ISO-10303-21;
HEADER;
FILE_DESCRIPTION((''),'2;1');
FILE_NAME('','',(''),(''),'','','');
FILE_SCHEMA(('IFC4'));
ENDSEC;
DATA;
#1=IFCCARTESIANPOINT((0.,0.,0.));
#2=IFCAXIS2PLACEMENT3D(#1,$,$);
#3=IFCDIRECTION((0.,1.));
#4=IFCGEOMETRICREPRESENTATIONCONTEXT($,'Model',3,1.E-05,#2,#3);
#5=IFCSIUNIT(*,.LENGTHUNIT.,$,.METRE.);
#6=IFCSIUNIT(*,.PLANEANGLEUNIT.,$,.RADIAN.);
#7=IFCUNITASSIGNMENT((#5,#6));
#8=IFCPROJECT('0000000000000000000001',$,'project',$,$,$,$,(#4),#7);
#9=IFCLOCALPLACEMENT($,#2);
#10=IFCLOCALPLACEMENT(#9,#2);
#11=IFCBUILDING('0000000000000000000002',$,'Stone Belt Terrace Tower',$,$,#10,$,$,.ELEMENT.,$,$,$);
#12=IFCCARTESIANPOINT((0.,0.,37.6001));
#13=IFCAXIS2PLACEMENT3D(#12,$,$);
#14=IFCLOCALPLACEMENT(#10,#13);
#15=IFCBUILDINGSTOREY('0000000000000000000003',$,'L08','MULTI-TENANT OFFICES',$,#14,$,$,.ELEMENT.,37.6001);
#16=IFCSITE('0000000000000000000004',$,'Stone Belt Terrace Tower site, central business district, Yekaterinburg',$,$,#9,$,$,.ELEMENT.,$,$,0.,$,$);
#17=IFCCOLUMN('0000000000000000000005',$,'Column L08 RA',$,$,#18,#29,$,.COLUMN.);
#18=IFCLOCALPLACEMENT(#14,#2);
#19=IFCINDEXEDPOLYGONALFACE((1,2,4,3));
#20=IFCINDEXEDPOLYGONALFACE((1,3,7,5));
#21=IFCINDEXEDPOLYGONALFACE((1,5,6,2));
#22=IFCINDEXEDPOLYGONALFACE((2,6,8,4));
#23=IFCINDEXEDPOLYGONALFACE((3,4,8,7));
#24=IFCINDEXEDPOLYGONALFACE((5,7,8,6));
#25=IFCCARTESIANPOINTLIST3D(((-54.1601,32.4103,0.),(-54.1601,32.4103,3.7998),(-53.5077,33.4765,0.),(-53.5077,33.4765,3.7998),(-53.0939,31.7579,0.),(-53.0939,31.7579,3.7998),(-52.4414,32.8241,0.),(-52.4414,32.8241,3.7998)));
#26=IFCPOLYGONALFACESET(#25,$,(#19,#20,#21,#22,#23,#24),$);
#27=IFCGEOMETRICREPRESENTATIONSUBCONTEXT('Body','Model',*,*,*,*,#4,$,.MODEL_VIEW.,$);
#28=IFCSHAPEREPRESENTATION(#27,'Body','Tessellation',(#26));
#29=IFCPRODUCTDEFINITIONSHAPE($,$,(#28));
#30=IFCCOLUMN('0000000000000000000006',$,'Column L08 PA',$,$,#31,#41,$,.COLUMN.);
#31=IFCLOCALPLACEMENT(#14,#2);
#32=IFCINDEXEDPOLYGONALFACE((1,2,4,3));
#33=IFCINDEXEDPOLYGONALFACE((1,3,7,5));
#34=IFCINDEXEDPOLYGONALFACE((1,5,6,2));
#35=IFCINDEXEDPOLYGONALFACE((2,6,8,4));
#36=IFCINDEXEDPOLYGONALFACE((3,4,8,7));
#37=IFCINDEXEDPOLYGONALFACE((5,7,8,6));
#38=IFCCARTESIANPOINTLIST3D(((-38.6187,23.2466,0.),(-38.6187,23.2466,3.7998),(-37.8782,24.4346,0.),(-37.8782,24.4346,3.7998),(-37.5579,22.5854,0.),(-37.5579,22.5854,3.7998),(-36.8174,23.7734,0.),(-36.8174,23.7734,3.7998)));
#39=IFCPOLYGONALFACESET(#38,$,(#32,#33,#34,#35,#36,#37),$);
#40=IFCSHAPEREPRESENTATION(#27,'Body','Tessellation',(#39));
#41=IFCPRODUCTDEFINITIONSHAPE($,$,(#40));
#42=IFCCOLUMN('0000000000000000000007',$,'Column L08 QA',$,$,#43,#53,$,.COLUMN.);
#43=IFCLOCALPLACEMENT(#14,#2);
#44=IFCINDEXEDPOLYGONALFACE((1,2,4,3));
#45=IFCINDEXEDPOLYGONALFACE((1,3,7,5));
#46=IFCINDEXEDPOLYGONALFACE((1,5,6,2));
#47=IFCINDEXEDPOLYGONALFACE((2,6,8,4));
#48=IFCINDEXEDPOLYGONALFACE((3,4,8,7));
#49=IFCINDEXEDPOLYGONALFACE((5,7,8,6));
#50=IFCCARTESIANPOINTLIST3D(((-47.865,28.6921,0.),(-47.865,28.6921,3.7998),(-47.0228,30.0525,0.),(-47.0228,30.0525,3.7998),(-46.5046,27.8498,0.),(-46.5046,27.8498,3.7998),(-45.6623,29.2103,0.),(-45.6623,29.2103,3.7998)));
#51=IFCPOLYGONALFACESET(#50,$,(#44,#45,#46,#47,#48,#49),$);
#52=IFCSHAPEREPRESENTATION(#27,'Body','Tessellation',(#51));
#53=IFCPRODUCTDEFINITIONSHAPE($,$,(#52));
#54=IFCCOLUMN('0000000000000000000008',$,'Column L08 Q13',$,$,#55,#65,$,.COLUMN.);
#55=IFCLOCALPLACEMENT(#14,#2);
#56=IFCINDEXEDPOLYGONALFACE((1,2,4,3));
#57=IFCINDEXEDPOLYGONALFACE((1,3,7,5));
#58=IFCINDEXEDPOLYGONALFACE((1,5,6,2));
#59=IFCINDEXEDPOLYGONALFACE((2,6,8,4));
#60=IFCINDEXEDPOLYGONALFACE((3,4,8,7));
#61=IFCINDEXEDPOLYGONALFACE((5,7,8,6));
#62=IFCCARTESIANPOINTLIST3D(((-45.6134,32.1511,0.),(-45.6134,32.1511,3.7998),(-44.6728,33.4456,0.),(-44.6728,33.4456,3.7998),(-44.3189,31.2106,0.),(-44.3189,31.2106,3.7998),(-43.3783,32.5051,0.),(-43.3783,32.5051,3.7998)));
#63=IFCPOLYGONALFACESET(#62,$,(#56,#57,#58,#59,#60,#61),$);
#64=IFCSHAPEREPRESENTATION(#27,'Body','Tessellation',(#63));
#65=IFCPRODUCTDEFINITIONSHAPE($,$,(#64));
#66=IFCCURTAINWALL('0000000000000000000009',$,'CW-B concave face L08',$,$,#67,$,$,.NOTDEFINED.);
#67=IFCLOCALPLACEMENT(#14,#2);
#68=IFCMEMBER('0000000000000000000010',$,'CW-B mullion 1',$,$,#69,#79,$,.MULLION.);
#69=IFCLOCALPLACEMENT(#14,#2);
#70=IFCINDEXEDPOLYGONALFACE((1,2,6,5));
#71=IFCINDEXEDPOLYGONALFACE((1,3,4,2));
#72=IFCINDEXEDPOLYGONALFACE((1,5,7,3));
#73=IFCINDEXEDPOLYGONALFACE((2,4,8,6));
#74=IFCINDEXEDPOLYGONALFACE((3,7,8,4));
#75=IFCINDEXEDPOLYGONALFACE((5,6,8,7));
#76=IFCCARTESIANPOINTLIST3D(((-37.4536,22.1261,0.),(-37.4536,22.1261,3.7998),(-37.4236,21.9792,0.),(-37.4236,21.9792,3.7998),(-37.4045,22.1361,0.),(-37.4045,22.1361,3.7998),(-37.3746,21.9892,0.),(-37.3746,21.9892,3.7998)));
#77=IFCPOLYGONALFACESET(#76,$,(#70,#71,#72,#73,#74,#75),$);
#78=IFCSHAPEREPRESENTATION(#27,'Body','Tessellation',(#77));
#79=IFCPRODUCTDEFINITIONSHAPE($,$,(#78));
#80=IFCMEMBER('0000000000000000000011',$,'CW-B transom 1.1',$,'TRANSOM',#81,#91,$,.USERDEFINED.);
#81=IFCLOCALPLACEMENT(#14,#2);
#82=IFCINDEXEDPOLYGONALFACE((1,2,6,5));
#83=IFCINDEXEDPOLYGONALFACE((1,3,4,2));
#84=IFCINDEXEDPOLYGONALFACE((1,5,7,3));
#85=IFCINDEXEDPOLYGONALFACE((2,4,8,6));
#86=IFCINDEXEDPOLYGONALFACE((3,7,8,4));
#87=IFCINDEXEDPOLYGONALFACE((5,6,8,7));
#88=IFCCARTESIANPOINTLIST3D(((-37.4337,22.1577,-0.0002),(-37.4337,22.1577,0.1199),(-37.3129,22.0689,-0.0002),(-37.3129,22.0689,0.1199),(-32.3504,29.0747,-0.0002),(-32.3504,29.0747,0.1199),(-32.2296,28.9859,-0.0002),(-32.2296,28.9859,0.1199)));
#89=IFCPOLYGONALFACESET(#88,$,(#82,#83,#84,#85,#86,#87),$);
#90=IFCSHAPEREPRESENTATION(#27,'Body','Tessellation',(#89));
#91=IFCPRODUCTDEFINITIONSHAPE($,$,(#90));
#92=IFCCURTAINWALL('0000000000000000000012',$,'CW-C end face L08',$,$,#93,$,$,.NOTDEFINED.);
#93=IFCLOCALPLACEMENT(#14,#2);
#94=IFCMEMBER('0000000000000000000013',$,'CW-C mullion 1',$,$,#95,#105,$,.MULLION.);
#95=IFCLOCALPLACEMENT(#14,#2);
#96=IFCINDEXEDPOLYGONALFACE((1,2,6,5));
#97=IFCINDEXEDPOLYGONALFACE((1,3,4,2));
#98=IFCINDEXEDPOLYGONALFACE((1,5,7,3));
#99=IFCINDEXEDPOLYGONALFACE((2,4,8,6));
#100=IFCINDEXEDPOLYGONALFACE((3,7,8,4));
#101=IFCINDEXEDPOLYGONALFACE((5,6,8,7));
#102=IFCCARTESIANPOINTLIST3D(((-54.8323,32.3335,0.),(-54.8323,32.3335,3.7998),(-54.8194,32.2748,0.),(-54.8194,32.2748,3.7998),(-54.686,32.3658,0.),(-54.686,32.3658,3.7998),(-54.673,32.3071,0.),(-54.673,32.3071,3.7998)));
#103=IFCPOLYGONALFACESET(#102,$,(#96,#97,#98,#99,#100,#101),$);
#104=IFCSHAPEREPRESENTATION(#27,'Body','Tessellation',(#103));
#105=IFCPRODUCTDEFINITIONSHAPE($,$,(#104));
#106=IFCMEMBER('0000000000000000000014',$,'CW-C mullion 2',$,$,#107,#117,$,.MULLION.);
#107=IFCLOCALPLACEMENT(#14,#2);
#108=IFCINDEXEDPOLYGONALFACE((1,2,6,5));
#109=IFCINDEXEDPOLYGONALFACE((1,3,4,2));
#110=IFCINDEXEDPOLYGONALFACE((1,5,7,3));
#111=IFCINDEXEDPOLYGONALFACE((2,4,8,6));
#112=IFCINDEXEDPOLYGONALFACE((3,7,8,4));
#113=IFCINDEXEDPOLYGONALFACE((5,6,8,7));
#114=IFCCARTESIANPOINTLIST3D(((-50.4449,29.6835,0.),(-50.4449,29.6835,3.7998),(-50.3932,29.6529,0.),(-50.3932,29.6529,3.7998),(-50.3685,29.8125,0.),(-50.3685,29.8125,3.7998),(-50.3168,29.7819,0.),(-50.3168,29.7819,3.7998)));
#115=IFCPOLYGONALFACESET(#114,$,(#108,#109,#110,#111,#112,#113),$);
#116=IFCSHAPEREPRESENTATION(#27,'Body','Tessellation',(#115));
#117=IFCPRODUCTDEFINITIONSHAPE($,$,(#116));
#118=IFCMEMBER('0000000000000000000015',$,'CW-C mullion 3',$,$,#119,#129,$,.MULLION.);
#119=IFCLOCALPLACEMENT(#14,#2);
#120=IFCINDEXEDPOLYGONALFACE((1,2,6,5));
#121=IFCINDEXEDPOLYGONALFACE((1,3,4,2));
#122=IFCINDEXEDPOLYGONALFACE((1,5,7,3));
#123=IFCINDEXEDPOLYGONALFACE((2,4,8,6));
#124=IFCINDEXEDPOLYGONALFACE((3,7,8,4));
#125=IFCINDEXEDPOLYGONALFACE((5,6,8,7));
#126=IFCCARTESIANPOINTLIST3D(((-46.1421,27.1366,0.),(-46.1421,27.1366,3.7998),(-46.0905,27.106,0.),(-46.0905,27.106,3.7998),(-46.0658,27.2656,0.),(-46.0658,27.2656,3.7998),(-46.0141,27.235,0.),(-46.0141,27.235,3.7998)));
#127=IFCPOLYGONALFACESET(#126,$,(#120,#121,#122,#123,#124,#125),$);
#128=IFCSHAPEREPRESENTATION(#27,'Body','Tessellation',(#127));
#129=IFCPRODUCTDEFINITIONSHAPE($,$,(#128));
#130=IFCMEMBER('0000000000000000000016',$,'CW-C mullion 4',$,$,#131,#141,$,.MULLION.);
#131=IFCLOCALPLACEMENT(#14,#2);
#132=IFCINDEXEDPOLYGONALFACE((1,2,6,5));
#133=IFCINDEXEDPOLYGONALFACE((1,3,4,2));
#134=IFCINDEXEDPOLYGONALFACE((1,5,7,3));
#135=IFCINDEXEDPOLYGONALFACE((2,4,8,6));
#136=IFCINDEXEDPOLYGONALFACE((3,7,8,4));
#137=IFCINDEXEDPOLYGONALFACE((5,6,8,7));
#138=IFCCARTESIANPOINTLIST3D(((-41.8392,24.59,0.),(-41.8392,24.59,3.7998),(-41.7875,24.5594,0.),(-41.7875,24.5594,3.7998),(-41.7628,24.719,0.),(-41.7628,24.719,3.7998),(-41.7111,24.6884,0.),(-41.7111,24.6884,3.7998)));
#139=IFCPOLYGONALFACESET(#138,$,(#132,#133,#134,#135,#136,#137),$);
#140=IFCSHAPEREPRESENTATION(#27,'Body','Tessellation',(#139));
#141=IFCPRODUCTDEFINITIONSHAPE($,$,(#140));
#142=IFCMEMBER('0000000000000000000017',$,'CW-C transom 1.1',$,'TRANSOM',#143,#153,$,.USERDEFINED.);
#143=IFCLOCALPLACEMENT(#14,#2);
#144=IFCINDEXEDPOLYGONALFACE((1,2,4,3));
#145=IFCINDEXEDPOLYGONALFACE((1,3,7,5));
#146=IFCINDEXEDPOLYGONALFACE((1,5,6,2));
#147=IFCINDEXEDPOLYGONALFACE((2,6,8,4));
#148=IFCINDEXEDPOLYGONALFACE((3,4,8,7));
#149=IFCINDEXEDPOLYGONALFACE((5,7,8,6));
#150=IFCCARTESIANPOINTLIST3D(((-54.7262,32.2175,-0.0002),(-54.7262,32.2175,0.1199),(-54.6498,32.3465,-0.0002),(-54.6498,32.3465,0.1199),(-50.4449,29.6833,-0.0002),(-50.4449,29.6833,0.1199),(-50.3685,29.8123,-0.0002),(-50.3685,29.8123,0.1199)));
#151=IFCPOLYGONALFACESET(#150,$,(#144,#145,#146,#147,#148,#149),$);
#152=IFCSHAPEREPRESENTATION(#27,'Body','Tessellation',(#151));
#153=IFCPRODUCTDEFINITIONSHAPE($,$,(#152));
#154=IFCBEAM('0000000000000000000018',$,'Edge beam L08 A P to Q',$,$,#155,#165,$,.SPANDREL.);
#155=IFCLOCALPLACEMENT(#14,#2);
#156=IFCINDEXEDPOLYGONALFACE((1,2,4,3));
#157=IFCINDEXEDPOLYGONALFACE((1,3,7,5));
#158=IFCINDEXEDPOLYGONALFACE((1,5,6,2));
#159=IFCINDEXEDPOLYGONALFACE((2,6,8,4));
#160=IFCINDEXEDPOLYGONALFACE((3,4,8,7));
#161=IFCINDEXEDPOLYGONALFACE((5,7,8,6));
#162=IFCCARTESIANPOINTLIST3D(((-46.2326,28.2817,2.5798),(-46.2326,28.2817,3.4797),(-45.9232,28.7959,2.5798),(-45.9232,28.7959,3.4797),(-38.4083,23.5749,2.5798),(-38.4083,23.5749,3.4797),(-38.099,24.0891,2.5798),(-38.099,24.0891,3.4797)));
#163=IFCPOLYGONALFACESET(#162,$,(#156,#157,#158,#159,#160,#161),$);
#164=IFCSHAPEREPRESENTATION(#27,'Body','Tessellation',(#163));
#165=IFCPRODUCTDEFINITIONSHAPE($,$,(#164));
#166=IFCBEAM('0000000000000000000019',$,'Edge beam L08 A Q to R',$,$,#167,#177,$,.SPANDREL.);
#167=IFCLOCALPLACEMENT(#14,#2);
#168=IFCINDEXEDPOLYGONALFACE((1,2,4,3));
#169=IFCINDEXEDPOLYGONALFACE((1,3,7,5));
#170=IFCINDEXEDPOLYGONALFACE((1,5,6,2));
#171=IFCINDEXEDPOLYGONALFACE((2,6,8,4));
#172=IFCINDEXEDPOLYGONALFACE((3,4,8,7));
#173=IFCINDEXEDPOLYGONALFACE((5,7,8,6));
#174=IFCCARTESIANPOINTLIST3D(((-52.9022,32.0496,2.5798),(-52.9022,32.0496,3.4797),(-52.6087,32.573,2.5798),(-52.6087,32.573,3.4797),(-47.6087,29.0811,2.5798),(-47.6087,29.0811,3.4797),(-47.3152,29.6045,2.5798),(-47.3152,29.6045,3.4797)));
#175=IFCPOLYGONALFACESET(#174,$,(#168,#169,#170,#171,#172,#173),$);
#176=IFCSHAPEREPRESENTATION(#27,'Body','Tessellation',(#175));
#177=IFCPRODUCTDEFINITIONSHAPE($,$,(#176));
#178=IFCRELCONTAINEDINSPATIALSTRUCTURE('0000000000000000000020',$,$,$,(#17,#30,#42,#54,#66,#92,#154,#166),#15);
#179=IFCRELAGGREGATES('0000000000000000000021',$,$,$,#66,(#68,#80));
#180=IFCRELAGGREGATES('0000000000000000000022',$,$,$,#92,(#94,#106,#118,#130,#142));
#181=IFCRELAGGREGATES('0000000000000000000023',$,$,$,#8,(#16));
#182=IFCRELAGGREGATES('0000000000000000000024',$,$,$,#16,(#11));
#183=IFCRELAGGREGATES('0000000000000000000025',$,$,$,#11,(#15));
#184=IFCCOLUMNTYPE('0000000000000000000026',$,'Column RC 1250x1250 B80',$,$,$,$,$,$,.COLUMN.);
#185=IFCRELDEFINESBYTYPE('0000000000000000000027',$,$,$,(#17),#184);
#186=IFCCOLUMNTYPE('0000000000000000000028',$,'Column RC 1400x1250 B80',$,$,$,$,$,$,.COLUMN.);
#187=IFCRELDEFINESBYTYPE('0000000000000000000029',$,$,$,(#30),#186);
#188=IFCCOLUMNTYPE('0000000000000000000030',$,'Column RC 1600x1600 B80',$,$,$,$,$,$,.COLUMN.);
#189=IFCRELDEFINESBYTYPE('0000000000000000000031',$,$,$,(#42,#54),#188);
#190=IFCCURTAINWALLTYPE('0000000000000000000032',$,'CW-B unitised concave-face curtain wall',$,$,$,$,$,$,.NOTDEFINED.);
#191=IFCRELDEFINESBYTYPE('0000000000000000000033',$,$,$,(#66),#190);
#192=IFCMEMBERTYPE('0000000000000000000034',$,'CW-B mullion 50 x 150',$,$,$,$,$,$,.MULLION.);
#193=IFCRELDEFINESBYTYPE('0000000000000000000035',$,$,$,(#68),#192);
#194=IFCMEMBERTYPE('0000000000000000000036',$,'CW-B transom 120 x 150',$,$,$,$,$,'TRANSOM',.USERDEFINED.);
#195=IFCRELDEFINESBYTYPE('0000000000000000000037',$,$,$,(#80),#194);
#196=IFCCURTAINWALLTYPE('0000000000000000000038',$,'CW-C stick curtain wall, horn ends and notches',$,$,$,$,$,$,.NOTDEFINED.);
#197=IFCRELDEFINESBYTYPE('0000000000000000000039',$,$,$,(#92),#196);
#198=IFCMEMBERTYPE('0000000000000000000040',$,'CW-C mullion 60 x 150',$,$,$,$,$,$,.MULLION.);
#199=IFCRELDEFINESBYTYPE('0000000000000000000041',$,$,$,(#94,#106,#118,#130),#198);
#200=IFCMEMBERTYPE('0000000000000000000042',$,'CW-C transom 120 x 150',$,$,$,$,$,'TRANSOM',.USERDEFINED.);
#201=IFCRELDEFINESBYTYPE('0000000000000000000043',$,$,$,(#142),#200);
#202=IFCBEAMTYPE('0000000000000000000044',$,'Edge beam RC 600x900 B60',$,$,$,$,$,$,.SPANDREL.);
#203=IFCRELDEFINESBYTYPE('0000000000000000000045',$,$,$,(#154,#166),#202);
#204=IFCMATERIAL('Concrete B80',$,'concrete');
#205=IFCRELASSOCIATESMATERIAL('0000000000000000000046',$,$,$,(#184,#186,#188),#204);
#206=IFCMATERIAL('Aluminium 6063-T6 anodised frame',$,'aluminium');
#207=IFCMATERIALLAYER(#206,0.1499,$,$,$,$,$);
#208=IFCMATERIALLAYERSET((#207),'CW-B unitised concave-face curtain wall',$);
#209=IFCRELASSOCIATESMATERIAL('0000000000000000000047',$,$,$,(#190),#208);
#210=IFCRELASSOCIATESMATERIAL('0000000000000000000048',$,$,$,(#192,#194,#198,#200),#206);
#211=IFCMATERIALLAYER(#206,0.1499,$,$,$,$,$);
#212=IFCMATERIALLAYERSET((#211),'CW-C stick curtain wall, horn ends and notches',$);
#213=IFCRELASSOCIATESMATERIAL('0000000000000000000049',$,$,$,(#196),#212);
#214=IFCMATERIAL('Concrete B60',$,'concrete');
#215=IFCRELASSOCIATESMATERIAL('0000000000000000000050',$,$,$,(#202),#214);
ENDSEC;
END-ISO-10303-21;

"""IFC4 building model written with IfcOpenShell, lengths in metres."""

from ifc_helpers import new_model, si_unit, direction, frame, origin, origin_2d, place, context, subcontext, project, spatial, rectangle, extrude, material, layer, layer_set, material_profile, profile_set, type_object, element, aggregate, save


model = new_model("IFC4")

# Units and contexts
model_context = context("Model", 3, precision=1e-05, world=origin(), true_north=direction((0.0, 1.0)))
body_context = subcontext(model_context, "Body", "Model", "MODEL_VIEW")
ifc_project = project(units=[si_unit("LENGTHUNIT", "METRE"), si_unit("PLANEANGLEUNIT", "RADIAN")], contexts=[model_context])

# Site, building, storey
site_placement = place(None, origin())
site = spatial("IfcSite", under=ifc_project, at=site_placement, Name="Stone Belt Terrace Tower site, central business district, Yekaterinburg", CompositionType="ELEMENT", RefElevation=0.0)
building_placement = place(site_placement, origin())
building = spatial("IfcBuilding", under=site, at=building_placement, Name="Stone Belt Terrace Tower", CompositionType="ELEMENT")
storey_placement = place(building_placement, frame((0.0, 0.0, 37.6001)))
storey = spatial("IfcBuildingStorey", under=building, at=storey_placement, Name="L08", Description="MULTI-TENANT OFFICES", CompositionType="ELEMENT", Elevation=37.6001)

# Columns
ifc_material_1 = material(Name="Concrete B80", Category="concrete")
ifc_material_profile_1 = material_profile(ifc_material_1, rectangle(XDim=1.25, YDim=1.25, at=origin_2d()), Name="RC 1250x1250")
ifc_profile_set_1 = profile_set([ifc_material_profile_1], Name="Concrete B80")
column_type_1 = type_object("IfcColumnType", Name="Column RC 1250x1250 B80", PredefinedType="COLUMN", material=ifc_profile_set_1)
column_1_placement = place(storey_placement, frame((-53.3008, 32.6172, 0.0), z_axis=(0.0, 0.0, 1.0), x_axis=(0.521967, 0.852966, 0.0)))
element("IfcColumn", 1, at=column_1_placement, inside=storey, type_object=column_type_1, Name="Column L08 RA", PredefinedType="COLUMN", context=body_context, shape_type="SweptSolid", body=[
    extrude(rectangle(XDim=1.25, YDim=1.25, at=origin_2d()), origin(), (0.0, 0.0, 1.0), 3.7998),
])
ifc_material_profile_2 = material_profile(ifc_material_1, rectangle(XDim=1.3999, YDim=1.25, at=origin_2d()), Name="RC 1400x1250")
ifc_profile_set_2 = profile_set([ifc_material_profile_2], Name="Concrete B80")
column_type_2 = type_object("IfcColumnType", Name="Column RC 1400x1250 B80", PredefinedType="COLUMN", material=ifc_profile_set_2)
column_2_placement = place(storey_placement, frame((-37.718, 23.51, 0.0), z_axis=(0.0, 0.0, 1.0), x_axis=(0.528967, 0.848642, 0.0)))
element("IfcColumn", 2, at=column_2_placement, inside=storey, type_object=column_type_2, Name="Column L08 PA", PredefinedType="COLUMN", context=body_context, shape_type="SweptSolid", body=[
    extrude(rectangle(XDim=1.3999, YDim=1.25, at=origin_2d()), origin(), (0.0, 0.0, 1.0), 3.7998),
])
ifc_material_profile_3 = material_profile(ifc_material_1, rectangle(XDim=1.6001, YDim=1.6001, at=origin_2d()), Name="RC 1600x1600")
ifc_profile_set_3 = profile_set([ifc_material_profile_3], Name="Concrete B80")
column_type_3 = type_object("IfcColumnType", Name="Column RC 1600x1600 B80", PredefinedType="COLUMN", material=ifc_profile_set_3)
for number, where, z_axis, x_axis, name in (
    (3, (-46.7637, 28.9512, 0.0), (0.0, 0.0, 1.0), (0.526383, 0.850248, 0.0), "Column L08 QA"),
    (4, (-44.4958, 32.3281, 0.0), (0.0, 0.0, 1.0), (0.587785, 0.809017, 0.0), "Column L08 Q13"),
):
    element("IfcColumn", number, at=place(storey_placement, frame(where, z_axis=z_axis, x_axis=x_axis)), inside=storey, type_object=column_type_3, Name=name, PredefinedType="COLUMN", context=body_context, shape_type="SweptSolid", body=[
        extrude(rectangle(XDim=1.6001, YDim=1.6001, at=origin_2d()), origin(), (0.0, 0.0, 1.0), 3.7998),
    ])

# Curtain walls, members
ifc_material_2 = material(Name="Aluminium 6063-T6 anodised frame", Category="aluminium")
ifc_layer_1 = layer(ifc_material_2, 0.1499)
ifc_layer_set_1 = layer_set([ifc_layer_1], Name="CW-B unitised concave-face curtain wall")
curtain_wall_type_1 = type_object("IfcCurtainWallType", Name="CW-B unitised concave-face curtain wall", PredefinedType="NOTDEFINED", material=ifc_layer_set_1)
curtain_wall_1_placement = place(storey_placement, origin())
curtain_wall_1 = element("IfcCurtainWall", 5, at=curtain_wall_1_placement, inside=storey, type_object=curtain_wall_type_1, Name="CW-B concave face L08", PredefinedType="NOTDEFINED")
ifc_material_profile_4 = material_profile(ifc_material_2, rectangle(XDim=0.1499, YDim=0.05, at=origin_2d()), Name="Aluminium 6063-T6 50x150")
ifc_profile_set_4 = profile_set([ifc_material_profile_4], Name="Aluminium 6063-T6 anodised frame")
member_type_1 = type_object("IfcMemberType", Name="CW-B mullion 50 x 150", PredefinedType="MULLION", material=ifc_profile_set_4)
member_1_placement = place(storey_placement, frame((-37.4141, 22.0576, 0.0), z_axis=(0.0, 0.0, 1.0), x_axis=(-0.199957, 0.979805, 0.0)))
member_1 = element("IfcMember", 6, at=member_1_placement, type_object=member_type_1, Name="CW-B mullion 1", PredefinedType="MULLION", context=body_context, shape_type="SweptSolid", body=[
    extrude(rectangle(XDim=0.1499, YDim=0.05, at=origin_2d()), origin(), (0.0, 0.0, 1.0), 3.7998),
])
ifc_material_profile_5 = material_profile(ifc_material_2, rectangle(XDim=0.1499, YDim=0.1201, at=origin_2d()), Name="Aluminium 6063-T6 150x120")
ifc_profile_set_5 = profile_set([ifc_material_profile_5], Name="Aluminium 6063-T6 anodised frame")
member_type_2 = type_object("IfcMemberType", Name="CW-B transom 120 x 150", ElementType="TRANSOM", PredefinedType="USERDEFINED", material=ifc_profile_set_5)
member_2_placement = place(storey_placement, frame((-37.3733, 22.1133, 0.0598), z_axis=(0.592181, 0.805805, 0.0), x_axis=(-0.805805, 0.592181, 0.0)))
member_2 = element("IfcMember", 7, at=member_2_placement, type_object=member_type_2, Name="CW-B transom 1.1", ObjectType="TRANSOM", PredefinedType="USERDEFINED", context=body_context, shape_type="SweptSolid", body=[
    extrude(rectangle(XDim=0.1499, YDim=0.1201, at=origin_2d()), origin(), (0.0, 0.0, 1.0), 8.584),
])
aggregate(curtain_wall_1, [member_1, member_2])
ifc_layer_2 = layer(ifc_material_2, 0.1499)
ifc_layer_set_2 = layer_set([ifc_layer_2], Name="CW-C stick curtain wall, horn ends and notches")
curtain_wall_type_2 = type_object("IfcCurtainWallType", Name="CW-C stick curtain wall, horn ends and notches", PredefinedType="NOTDEFINED", material=ifc_layer_set_2)
curtain_wall_2_placement = place(storey_placement, origin())
curtain_wall_2 = element("IfcCurtainWall", 8, at=curtain_wall_2_placement, inside=storey, type_object=curtain_wall_type_2, Name="CW-C end face L08", PredefinedType="NOTDEFINED")
ifc_material_profile_6 = material_profile(ifc_material_2, rectangle(XDim=0.1499, YDim=0.0601, at=origin_2d()), Name="Aluminium 6063-T6 60x150")
ifc_profile_set_6 = profile_set([ifc_material_profile_6], Name="Aluminium 6063-T6 anodised frame")
member_type_3 = type_object("IfcMemberType", Name="CW-C mullion 60 x 150", PredefinedType="MULLION", material=ifc_profile_set_6)
member_3_placement = place(storey_placement, frame((-54.7527, 32.3203, 0.0), z_axis=(0.0, 0.0, 1.0), x_axis=(0.97652, 0.215429, 0.0)))
member_3 = element("IfcMember", 9, at=member_3_placement, type_object=member_type_3, Name="CW-C mullion 1", PredefinedType="MULLION", context=body_context, shape_type="SweptSolid", body=[
    extrude(rectangle(XDim=0.1499, YDim=0.0601, at=origin_2d()), origin(), (0.0, 0.0, 1.0), 3.7998),
])
member_4_placement = place(storey_placement, frame((-50.3809, 29.7327, 0.0), z_axis=(0.0, 0.0, 1.0), x_axis=(0.509353, 0.860558, 0.0)))
member_4 = element("IfcMember", 10, at=member_4_placement, type_object=member_type_3, Name="CW-C mullion 2", PredefinedType="MULLION", context=body_context, shape_type="SweptSolid", body=[
    extrude(rectangle(XDim=0.1499, YDim=0.0601, at=origin_2d()), origin(), (0.0, 0.0, 1.0), 3.7998),
])
member_5_placement = place(storey_placement, frame((-46.0781, 27.1858, 0.0), z_axis=(0.0, 0.0, 1.0), x_axis=(0.509353, 0.860558, 0.0)))
member_5 = element("IfcMember", 11, at=member_5_placement, type_object=member_type_3, Name="CW-C mullion 3", PredefinedType="MULLION", context=body_context, shape_type="SweptSolid", body=[
    extrude(rectangle(XDim=0.1499, YDim=0.0601, at=origin_2d()), origin(), (0.0, 0.0, 1.0), 3.7998),
])
member_6_placement = place(storey_placement, frame((-41.7751, 24.6392, 0.0), z_axis=(0.0, 0.0, 1.0), x_axis=(0.509353, 0.860558, 0.0)))
member_6 = element("IfcMember", 12, at=member_6_placement, type_object=member_type_3, Name="CW-C mullion 4", PredefinedType="MULLION", context=body_context, shape_type="SweptSolid", body=[
    extrude(rectangle(XDim=0.1499, YDim=0.0601, at=origin_2d()), origin(), (0.0, 0.0, 1.0), 3.7998),
])
ifc_material_profile_7 = material_profile(ifc_material_2, rectangle(XDim=0.1499, YDim=0.1201, at=origin_2d()), Name="Aluminium 6063-T6 150x120")
ifc_profile_set_7 = profile_set([ifc_material_profile_7], Name="Aluminium 6063-T6 anodised frame")
member_type_4 = type_object("IfcMemberType", Name="CW-C transom 120 x 150", ElementType="TRANSOM", PredefinedType="USERDEFINED", material=ifc_profile_set_7)
member_7_placement = place(storey_placement, frame((-54.688, 32.282, 0.0598), z_axis=(0.860543, -0.509377, 0.0), x_axis=(0.509377, 0.860543, 0.0)))
member_7 = element("IfcMember", 13, at=member_7_placement, type_object=member_type_4, Name="CW-C transom 1.1", ObjectType="TRANSOM", PredefinedType="USERDEFINED", context=body_context, shape_type="SweptSolid", body=[
    extrude(rectangle(XDim=0.1499, YDim=0.1201, at=origin_2d()), origin(), (0.0, 0.0, 1.0), 4.9751),
])

# Beams
ifc_material_3 = material(Name="Concrete B60", Category="concrete")
ifc_material_profile_8 = material_profile(ifc_material_3, rectangle(XDim=0.6001, YDim=0.8999, at=origin_2d()), Name="RC 600x900")
ifc_profile_set_8 = profile_set([ifc_material_profile_8], Name="Concrete B60")
beam_type = type_object("IfcBeamType", Name="Edge beam RC 600x900 B60", PredefinedType="SPANDREL", material=ifc_profile_set_8)
beam_1_placement = place(storey_placement, frame((-38.2537, 23.832, 3.0298), z_axis=(-0.8569, 0.515482, 0.0), x_axis=(-0.515482, -0.8569, 0.0)))
element("IfcBeam", 14, at=beam_1_placement, inside=storey, type_object=beam_type, Name="Edge beam L08 A P to Q", PredefinedType="SPANDREL", context=body_context, shape_type="SweptSolid", body=[
    extrude(rectangle(XDim=0.6001, YDim=0.8999, at=origin_2d()), origin(), (0.0, 0.0, 1.0), 9.1309),
])
beam_2_placement = place(storey_placement, frame((-47.4619, 29.3428, 3.0298), z_axis=(-0.872213, 0.489126, 0.0), x_axis=(-0.489126, -0.872213, 0.0)))
element("IfcBeam", 15, at=beam_2_placement, inside=storey, type_object=beam_type, Name="Edge beam L08 A Q to R", PredefinedType="SPANDREL", context=body_context, shape_type="SweptSolid", body=[
    extrude(rectangle(XDim=0.6001, YDim=0.8999, at=origin_2d()), origin(), (0.0, 0.0, 1.0), 6.0691),
])

aggregate(curtain_wall_2, [member_3, member_4, member_5, member_6, member_7])

save(model, "model.ifc")
